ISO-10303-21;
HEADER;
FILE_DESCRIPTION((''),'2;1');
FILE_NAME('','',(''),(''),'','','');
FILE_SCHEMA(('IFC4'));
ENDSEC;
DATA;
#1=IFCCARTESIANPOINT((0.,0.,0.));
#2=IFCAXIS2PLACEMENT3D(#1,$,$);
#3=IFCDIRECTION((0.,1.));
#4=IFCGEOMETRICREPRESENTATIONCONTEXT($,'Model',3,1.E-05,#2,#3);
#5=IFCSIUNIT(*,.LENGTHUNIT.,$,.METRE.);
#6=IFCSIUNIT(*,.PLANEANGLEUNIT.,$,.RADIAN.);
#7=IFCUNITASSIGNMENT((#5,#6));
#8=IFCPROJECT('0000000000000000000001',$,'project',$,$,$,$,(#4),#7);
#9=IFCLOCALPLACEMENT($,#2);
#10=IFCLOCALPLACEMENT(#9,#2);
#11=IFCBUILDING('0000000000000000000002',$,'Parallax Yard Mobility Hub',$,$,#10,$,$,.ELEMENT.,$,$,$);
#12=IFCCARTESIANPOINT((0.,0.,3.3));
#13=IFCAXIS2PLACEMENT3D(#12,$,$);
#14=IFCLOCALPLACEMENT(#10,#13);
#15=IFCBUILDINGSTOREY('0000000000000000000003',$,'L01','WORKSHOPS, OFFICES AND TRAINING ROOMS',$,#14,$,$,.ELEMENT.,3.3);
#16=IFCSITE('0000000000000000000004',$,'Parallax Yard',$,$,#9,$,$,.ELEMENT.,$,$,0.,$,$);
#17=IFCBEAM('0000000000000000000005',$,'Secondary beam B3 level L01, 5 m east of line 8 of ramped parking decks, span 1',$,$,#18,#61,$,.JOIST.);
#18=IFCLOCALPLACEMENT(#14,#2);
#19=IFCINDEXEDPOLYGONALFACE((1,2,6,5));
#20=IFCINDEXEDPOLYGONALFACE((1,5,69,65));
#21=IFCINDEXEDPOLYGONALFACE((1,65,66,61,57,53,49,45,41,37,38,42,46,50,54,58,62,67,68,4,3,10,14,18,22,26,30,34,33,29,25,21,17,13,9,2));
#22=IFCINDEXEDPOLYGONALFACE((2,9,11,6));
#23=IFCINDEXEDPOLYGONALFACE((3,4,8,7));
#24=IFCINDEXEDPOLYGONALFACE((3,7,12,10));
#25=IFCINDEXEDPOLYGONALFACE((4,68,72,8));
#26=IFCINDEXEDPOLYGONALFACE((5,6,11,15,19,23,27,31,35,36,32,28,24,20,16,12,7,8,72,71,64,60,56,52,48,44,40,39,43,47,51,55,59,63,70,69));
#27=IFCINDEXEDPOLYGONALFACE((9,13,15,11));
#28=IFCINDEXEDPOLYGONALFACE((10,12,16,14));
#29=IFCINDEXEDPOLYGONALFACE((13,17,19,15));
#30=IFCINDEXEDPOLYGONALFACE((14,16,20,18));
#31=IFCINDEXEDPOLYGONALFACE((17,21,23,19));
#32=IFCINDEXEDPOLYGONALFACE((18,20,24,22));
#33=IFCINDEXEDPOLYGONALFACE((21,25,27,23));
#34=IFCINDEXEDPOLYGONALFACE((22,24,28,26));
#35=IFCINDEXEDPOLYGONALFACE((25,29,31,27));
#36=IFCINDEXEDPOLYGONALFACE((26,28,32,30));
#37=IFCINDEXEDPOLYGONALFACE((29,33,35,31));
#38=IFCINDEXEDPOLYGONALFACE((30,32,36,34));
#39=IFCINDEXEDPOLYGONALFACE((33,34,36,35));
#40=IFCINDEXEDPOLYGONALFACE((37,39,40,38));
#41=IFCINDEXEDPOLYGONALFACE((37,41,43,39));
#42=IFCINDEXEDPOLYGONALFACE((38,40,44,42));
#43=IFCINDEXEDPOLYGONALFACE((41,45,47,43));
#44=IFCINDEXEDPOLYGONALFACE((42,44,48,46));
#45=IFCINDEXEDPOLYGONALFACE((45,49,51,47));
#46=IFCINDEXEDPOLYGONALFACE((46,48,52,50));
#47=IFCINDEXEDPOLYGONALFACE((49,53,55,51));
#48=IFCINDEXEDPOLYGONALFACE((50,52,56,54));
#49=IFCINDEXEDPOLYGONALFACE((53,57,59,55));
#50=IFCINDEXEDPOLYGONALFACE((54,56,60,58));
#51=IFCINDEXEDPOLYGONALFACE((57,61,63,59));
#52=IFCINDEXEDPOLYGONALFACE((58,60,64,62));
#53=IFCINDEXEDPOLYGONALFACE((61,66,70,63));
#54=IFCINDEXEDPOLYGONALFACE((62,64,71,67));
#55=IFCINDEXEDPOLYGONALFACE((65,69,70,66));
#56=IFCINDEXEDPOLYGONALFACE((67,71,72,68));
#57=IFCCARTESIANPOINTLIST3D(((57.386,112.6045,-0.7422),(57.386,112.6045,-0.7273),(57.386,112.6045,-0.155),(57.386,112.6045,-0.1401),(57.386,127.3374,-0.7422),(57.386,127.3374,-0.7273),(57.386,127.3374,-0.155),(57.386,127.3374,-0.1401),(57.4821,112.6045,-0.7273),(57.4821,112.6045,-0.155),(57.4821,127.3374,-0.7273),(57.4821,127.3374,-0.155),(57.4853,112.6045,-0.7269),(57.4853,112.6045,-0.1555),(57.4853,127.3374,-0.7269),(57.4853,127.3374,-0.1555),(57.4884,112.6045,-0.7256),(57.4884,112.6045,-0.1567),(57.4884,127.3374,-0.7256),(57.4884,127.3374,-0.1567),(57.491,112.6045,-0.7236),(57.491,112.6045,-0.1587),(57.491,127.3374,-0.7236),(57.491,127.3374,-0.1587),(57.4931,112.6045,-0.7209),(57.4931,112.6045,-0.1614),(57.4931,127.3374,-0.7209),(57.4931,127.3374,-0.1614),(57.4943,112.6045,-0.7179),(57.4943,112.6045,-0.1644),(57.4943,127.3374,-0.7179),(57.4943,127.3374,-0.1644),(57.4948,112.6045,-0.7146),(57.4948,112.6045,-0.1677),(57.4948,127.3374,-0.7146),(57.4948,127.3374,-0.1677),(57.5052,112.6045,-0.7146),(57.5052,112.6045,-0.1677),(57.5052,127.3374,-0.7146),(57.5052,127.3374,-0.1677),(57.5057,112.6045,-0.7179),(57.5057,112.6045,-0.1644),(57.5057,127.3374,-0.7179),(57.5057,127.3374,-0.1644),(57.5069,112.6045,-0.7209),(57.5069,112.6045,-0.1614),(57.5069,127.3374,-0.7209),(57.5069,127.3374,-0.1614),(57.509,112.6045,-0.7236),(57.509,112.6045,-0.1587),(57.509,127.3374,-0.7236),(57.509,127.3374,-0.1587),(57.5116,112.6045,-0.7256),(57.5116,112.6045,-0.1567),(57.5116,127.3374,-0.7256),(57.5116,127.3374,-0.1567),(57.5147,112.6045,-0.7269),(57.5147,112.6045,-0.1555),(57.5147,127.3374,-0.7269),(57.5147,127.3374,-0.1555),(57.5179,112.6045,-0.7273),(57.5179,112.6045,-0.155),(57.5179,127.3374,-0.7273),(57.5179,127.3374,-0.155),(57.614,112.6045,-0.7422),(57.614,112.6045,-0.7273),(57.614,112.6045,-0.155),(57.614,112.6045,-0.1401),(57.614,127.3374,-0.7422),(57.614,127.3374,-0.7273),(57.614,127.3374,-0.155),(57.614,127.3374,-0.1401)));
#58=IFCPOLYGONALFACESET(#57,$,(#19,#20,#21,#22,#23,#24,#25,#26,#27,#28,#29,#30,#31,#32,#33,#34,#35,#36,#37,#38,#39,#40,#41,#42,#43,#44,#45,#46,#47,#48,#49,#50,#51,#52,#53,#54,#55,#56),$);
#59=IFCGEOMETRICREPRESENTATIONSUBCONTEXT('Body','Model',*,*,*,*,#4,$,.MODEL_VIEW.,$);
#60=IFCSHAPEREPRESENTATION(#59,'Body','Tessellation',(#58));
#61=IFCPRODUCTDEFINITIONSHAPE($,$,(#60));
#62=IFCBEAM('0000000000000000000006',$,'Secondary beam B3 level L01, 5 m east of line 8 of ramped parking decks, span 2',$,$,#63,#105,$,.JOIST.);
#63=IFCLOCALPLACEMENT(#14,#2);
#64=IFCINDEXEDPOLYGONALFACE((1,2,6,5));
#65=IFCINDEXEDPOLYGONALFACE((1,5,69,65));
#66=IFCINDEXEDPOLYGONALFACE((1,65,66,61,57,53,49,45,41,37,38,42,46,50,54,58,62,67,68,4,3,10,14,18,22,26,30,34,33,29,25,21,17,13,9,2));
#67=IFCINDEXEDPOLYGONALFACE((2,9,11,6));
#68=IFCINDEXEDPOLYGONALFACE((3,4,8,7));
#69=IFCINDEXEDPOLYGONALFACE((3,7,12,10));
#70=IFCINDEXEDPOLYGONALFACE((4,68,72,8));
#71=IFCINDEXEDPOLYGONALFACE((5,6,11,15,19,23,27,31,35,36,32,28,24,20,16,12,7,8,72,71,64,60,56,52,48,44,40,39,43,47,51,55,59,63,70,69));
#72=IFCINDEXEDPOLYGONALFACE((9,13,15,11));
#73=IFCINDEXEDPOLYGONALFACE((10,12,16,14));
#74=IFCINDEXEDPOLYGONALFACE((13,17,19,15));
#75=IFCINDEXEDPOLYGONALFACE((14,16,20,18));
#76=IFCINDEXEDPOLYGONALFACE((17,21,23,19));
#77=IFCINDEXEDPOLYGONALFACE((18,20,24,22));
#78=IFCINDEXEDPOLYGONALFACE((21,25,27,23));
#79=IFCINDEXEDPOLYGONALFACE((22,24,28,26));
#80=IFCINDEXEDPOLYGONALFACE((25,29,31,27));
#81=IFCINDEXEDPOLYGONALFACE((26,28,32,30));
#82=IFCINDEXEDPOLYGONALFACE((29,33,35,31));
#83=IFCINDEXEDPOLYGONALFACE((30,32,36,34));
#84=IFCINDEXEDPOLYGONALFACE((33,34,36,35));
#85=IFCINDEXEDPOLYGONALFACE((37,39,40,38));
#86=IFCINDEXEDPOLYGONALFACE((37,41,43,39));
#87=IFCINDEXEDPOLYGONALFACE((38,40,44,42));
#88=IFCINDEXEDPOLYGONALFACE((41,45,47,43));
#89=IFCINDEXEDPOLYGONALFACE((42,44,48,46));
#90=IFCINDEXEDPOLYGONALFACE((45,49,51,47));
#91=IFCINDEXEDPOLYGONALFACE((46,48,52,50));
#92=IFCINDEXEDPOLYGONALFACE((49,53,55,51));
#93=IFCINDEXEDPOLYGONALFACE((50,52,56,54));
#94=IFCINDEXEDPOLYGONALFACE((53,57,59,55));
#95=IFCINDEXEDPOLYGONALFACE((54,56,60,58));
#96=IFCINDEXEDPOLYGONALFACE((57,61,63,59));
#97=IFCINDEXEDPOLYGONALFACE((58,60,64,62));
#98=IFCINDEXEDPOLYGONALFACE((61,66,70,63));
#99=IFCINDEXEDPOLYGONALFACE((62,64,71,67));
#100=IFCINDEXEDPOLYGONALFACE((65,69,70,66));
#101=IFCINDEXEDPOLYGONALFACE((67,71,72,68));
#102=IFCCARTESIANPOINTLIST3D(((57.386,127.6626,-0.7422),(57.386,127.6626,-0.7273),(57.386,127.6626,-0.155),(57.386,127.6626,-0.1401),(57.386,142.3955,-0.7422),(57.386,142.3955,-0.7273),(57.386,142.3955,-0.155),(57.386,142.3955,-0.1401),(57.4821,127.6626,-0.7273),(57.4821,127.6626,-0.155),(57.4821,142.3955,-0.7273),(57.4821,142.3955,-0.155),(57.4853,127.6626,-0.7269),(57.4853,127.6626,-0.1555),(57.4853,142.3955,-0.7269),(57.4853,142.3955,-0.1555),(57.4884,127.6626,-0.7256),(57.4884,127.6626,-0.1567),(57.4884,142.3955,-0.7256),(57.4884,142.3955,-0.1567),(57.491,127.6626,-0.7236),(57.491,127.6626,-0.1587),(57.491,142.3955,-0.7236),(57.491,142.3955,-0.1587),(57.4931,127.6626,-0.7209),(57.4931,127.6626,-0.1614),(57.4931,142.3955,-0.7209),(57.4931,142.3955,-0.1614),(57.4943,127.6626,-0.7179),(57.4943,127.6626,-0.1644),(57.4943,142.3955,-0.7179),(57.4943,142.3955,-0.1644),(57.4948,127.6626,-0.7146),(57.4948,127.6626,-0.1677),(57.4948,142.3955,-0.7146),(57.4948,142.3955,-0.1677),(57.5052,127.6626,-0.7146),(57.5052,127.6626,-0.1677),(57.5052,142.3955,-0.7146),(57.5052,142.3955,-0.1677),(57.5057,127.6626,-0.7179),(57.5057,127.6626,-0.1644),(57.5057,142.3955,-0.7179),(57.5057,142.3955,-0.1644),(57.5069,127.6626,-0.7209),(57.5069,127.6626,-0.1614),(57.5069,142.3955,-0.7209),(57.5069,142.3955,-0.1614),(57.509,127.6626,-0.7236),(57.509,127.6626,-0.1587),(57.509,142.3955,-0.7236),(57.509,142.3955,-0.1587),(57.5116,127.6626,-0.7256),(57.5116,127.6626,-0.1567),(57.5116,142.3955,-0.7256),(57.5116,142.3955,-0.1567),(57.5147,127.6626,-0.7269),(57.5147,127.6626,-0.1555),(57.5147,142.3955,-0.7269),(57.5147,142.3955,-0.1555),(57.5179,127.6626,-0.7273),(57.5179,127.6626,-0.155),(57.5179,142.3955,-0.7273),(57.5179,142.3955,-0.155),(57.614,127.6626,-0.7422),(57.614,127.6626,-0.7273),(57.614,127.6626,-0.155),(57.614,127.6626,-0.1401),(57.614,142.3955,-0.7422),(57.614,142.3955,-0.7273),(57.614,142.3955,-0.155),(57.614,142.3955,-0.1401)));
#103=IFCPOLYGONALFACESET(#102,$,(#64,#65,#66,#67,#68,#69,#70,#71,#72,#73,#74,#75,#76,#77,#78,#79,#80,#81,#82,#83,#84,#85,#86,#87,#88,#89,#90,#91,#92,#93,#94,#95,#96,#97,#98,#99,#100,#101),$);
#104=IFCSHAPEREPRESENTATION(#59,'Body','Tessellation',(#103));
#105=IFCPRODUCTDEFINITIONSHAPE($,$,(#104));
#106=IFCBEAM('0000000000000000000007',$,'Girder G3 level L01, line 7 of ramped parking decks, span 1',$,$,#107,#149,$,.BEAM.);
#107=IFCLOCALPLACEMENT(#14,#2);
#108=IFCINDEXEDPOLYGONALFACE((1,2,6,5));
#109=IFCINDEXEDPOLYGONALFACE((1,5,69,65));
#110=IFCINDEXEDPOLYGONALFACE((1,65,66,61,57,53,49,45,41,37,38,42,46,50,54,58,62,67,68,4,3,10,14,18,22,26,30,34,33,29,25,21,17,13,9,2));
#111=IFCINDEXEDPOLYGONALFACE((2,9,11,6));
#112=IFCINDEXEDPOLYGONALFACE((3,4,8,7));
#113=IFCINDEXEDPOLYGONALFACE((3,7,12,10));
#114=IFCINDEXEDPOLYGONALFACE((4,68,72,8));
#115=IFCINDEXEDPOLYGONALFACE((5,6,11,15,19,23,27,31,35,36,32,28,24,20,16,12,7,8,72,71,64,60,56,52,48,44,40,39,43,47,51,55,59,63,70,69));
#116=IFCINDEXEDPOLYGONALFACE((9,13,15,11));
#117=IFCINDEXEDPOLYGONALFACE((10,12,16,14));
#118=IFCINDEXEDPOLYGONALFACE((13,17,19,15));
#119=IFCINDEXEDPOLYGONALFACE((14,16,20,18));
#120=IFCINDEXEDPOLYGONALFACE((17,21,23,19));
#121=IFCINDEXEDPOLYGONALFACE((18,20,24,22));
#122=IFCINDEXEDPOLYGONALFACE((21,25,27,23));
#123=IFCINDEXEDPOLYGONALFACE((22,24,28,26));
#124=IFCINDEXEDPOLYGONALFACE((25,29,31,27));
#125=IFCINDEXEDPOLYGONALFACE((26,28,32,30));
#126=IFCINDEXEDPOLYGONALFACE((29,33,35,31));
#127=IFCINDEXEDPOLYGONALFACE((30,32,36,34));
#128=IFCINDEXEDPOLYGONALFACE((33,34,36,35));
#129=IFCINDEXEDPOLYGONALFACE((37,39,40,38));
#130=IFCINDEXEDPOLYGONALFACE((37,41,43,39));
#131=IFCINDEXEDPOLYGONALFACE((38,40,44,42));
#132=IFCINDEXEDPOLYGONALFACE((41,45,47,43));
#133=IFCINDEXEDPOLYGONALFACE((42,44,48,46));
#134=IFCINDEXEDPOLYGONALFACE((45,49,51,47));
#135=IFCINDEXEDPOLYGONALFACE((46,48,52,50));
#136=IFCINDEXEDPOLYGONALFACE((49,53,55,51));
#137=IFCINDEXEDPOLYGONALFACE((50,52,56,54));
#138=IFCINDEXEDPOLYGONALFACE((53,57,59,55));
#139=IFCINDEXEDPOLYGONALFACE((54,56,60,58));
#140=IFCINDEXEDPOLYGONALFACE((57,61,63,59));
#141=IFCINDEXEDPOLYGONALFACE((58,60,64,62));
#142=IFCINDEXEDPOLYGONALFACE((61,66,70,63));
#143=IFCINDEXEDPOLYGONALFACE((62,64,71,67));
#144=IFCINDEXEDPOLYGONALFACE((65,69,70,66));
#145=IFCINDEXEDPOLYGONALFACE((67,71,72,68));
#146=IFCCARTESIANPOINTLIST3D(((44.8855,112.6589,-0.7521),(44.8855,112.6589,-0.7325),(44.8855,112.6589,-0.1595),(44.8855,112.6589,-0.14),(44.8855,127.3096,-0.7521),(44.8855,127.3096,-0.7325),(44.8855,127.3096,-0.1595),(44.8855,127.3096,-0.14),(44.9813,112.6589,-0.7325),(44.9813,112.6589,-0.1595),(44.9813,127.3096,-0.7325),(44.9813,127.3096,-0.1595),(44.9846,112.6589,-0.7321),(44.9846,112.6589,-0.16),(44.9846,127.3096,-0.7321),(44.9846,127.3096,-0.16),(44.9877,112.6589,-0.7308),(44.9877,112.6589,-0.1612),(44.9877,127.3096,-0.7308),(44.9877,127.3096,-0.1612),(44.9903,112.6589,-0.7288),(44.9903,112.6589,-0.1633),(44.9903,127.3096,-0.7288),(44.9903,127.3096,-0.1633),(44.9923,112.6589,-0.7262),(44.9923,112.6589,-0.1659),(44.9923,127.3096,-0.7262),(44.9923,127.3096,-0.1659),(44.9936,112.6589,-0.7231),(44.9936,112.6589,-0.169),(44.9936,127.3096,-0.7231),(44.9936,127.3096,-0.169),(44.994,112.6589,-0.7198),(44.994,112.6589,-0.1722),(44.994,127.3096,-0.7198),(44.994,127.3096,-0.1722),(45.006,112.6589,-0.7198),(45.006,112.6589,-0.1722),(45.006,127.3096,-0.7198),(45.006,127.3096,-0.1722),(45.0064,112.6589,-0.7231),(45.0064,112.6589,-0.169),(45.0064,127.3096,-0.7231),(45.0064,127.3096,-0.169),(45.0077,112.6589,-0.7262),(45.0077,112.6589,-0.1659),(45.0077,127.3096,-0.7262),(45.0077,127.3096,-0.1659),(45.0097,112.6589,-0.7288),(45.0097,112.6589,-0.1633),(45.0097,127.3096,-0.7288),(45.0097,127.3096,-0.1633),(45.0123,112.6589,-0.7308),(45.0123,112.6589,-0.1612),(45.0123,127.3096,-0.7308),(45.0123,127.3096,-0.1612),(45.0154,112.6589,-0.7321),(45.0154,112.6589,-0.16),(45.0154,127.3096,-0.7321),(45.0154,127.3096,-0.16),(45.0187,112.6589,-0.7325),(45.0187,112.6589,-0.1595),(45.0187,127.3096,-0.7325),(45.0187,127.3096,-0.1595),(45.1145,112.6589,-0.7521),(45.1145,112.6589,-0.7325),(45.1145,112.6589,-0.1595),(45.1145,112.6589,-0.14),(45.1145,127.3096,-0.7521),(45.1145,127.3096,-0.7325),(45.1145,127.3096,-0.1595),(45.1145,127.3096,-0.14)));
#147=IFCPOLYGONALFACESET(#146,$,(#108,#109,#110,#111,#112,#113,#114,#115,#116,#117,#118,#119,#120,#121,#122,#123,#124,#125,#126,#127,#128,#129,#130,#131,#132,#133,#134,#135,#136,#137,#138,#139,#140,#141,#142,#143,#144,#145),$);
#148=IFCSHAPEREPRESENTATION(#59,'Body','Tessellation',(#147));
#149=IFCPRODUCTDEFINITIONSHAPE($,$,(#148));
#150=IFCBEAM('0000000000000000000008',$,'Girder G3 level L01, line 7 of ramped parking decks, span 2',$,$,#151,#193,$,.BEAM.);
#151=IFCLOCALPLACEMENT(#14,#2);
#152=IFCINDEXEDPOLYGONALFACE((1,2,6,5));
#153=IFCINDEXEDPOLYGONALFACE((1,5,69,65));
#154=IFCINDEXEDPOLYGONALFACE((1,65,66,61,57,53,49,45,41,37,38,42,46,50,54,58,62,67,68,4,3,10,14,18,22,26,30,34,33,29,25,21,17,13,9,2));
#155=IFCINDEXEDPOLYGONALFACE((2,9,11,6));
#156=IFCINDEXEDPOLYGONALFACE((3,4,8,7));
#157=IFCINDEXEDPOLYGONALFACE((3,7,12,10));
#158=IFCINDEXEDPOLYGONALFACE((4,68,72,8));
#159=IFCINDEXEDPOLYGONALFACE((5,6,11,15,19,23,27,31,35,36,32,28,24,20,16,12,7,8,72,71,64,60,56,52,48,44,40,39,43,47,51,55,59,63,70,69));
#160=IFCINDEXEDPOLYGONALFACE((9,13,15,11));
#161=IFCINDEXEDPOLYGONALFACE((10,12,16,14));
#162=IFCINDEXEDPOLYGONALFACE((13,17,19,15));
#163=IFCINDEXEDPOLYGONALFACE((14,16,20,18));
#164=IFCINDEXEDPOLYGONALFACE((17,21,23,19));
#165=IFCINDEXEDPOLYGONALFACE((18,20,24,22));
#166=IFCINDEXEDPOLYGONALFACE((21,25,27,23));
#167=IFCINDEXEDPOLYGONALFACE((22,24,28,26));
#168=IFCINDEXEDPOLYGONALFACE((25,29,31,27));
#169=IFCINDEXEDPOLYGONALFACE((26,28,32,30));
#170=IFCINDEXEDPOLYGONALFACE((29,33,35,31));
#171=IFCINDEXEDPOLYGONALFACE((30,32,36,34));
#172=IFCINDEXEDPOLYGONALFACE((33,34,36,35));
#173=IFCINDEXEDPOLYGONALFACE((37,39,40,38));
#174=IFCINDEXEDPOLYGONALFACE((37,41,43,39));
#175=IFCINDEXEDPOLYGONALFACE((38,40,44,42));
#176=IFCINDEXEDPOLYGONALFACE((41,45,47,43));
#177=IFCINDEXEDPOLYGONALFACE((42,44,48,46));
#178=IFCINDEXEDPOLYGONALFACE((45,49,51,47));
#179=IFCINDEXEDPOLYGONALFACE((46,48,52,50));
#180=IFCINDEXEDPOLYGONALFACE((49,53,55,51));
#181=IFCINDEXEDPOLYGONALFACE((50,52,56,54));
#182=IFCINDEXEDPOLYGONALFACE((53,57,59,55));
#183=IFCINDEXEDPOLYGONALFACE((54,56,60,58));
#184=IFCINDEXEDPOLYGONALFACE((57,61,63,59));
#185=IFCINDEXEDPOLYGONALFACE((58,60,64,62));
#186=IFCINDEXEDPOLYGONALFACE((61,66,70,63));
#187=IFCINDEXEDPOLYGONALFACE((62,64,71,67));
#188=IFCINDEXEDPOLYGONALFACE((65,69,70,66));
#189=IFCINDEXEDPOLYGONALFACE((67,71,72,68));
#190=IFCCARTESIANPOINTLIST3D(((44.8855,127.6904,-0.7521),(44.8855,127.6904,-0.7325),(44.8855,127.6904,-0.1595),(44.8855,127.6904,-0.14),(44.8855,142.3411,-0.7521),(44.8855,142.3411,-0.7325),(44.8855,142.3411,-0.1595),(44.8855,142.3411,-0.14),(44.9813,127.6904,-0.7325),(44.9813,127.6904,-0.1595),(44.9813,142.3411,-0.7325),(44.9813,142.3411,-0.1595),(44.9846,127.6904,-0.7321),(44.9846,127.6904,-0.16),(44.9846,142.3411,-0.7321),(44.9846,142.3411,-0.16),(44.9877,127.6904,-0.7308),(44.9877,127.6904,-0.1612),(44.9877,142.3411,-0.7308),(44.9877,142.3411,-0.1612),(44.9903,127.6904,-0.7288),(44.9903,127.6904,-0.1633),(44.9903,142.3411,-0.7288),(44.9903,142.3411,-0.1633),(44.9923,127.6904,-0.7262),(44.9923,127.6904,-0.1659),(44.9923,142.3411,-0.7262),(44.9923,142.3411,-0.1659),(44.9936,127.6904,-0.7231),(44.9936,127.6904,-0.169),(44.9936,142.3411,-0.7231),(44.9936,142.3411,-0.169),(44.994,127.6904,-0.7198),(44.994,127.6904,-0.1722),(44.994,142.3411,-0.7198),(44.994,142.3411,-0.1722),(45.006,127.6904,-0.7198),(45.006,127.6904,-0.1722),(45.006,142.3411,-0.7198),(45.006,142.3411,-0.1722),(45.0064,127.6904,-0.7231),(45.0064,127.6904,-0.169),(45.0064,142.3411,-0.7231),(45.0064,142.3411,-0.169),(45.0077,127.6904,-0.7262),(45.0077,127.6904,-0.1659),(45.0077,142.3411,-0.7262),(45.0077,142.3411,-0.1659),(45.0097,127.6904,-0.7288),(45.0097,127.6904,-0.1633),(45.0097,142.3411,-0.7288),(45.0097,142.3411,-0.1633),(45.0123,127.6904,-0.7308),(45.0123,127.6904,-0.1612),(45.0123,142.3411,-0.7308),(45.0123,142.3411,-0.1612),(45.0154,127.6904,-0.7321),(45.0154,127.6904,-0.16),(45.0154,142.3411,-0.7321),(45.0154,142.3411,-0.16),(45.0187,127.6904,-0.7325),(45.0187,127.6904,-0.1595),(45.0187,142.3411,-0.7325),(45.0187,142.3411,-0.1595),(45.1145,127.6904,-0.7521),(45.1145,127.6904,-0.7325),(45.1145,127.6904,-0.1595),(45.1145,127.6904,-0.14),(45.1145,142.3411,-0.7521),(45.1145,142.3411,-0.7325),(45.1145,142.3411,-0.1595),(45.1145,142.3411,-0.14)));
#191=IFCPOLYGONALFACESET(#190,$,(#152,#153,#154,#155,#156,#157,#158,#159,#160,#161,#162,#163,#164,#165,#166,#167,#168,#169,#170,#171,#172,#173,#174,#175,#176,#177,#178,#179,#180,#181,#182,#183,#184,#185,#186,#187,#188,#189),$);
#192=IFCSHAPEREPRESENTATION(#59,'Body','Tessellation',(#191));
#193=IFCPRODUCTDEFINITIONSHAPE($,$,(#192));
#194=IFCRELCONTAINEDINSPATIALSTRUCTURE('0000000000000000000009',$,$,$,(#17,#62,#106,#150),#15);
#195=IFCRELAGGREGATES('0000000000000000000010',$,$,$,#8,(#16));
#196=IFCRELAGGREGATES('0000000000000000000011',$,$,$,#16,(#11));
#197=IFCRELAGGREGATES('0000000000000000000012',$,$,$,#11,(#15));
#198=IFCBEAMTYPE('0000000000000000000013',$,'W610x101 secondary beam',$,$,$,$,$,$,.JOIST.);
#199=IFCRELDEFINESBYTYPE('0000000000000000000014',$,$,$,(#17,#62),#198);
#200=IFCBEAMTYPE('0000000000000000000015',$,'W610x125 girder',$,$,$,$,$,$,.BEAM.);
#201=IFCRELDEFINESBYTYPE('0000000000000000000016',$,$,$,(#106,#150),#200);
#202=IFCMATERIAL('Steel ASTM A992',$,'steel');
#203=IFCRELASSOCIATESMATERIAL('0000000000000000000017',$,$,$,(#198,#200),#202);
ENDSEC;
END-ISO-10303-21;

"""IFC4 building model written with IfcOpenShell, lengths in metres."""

from ifc_helpers import new_model, si_unit, direction, frame, origin, origin_2d, place, context, subcontext, project, spatial, i_section, extrude, material, material_profile, profile_set, type_object, element, save


model = new_model("IFC4")

# Units and contexts
model_context = context("Model", 3, precision=1e-05, world=origin(), true_north=direction((0.0, 1.0)))
body_context = subcontext(model_context, "Body", "Model", "MODEL_VIEW")
ifc_project = project(units=[si_unit("LENGTHUNIT", "METRE"), si_unit("PLANEANGLEUNIT", "RADIAN")], contexts=[model_context])

# Site, building, storey
site_placement = place(None, origin())
site = spatial("IfcSite", under=ifc_project, at=site_placement, Name="Parallax Yard", CompositionType="ELEMENT", RefElevation=0.0)
building_placement = place(site_placement, origin())
building = spatial("IfcBuilding", under=site, at=building_placement, Name="Parallax Yard Mobility Hub", CompositionType="ELEMENT")
storey_placement = place(building_placement, frame((0.0, 0.0, 3.3)))
storey = spatial("IfcBuildingStorey", under=building, at=storey_placement, Name="L01", Description="WORKSHOPS, OFFICES AND TRAINING ROOMS", CompositionType="ELEMENT", Elevation=3.3)

# Shared definitions
ifc_material_1 = material(Name="Steel ASTM A992", Category="steel")

# Beams
ifc_material_profile_1 = material_profile(ifc_material_1, i_section(OverallWidth=0.228, OverallDepth=0.6021, WebThickness=0.0105, FlangeThickness=0.0149, FilletRadius=0.0127, at=origin_2d()), Name="W610x101")
ifc_profile_set_1 = profile_set([ifc_material_profile_1], Name="Steel ASTM A992")
beam_type_1 = type_object("IfcBeamType", Name="W610x101 secondary beam", PredefinedType="JOIST", material=ifc_profile_set_1)
for number, where, z_axis, x_axis, name in (
    (1, (57.5, 112.6045, -0.4412), (0.0, 1.0, 0.0), (-1.0, 0.0, 0.0), "Secondary beam B3 level L01, 5 m east of line 8 of ramped parking decks, span 1"),
    (2, (57.5, 127.6626, -0.4412), (0.0, 1.0, 0.0), (-1.0, 0.0, 0.0), "Secondary beam B3 level L01, 5 m east of line 8 of ramped parking decks, span 2"),
):
    element("IfcBeam", number, at=place(storey_placement, frame(where, z_axis=z_axis, x_axis=x_axis)), inside=storey, type_object=beam_type_1, Name=name, PredefinedType="JOIST", context=body_context, shape_type="SweptSolid", body=[
        extrude(i_section(OverallWidth=0.228, OverallDepth=0.6021, WebThickness=0.0105, FlangeThickness=0.0149, FilletRadius=0.0127, at=origin_2d()), origin(), (0.0, 0.0, 1.0), 14.7329),
    ])
ifc_material_profile_2 = material_profile(ifc_material_1, i_section(OverallWidth=0.229, OverallDepth=0.6121, WebThickness=0.012, FlangeThickness=0.0195, FilletRadius=0.0127, at=origin_2d()), Name="W610x125")
ifc_profile_set_2 = profile_set([ifc_material_profile_2], Name="Steel ASTM A992")
beam_type_2 = type_object("IfcBeamType", Name="W610x125 girder", PredefinedType="BEAM", material=ifc_profile_set_2)
for number, where, z_axis, x_axis, name in (
    (3, (45.0, 112.6589, -0.446), (0.0, 1.0, 0.0), (-1.0, 0.0, 0.0), "Girder G3 level L01, line 7 of ramped parking decks, span 1"),
    (4, (45.0, 127.6904, -0.446), (0.0, 1.0, 0.0), (-1.0, 0.0, 0.0), "Girder G3 level L01, line 7 of ramped parking decks, span 2"),
):
    element("IfcBeam", number, at=place(storey_placement, frame(where, z_axis=z_axis, x_axis=x_axis)), inside=storey, type_object=beam_type_2, Name=name, PredefinedType="BEAM", context=body_context, shape_type="SweptSolid", body=[
        extrude(i_section(OverallWidth=0.229, OverallDepth=0.6121, WebThickness=0.012, FlangeThickness=0.0195, FilletRadius=0.0127, at=origin_2d()), origin(), (0.0, 0.0, 1.0), 14.6506),
    ])

save(model, "model.ifc")
